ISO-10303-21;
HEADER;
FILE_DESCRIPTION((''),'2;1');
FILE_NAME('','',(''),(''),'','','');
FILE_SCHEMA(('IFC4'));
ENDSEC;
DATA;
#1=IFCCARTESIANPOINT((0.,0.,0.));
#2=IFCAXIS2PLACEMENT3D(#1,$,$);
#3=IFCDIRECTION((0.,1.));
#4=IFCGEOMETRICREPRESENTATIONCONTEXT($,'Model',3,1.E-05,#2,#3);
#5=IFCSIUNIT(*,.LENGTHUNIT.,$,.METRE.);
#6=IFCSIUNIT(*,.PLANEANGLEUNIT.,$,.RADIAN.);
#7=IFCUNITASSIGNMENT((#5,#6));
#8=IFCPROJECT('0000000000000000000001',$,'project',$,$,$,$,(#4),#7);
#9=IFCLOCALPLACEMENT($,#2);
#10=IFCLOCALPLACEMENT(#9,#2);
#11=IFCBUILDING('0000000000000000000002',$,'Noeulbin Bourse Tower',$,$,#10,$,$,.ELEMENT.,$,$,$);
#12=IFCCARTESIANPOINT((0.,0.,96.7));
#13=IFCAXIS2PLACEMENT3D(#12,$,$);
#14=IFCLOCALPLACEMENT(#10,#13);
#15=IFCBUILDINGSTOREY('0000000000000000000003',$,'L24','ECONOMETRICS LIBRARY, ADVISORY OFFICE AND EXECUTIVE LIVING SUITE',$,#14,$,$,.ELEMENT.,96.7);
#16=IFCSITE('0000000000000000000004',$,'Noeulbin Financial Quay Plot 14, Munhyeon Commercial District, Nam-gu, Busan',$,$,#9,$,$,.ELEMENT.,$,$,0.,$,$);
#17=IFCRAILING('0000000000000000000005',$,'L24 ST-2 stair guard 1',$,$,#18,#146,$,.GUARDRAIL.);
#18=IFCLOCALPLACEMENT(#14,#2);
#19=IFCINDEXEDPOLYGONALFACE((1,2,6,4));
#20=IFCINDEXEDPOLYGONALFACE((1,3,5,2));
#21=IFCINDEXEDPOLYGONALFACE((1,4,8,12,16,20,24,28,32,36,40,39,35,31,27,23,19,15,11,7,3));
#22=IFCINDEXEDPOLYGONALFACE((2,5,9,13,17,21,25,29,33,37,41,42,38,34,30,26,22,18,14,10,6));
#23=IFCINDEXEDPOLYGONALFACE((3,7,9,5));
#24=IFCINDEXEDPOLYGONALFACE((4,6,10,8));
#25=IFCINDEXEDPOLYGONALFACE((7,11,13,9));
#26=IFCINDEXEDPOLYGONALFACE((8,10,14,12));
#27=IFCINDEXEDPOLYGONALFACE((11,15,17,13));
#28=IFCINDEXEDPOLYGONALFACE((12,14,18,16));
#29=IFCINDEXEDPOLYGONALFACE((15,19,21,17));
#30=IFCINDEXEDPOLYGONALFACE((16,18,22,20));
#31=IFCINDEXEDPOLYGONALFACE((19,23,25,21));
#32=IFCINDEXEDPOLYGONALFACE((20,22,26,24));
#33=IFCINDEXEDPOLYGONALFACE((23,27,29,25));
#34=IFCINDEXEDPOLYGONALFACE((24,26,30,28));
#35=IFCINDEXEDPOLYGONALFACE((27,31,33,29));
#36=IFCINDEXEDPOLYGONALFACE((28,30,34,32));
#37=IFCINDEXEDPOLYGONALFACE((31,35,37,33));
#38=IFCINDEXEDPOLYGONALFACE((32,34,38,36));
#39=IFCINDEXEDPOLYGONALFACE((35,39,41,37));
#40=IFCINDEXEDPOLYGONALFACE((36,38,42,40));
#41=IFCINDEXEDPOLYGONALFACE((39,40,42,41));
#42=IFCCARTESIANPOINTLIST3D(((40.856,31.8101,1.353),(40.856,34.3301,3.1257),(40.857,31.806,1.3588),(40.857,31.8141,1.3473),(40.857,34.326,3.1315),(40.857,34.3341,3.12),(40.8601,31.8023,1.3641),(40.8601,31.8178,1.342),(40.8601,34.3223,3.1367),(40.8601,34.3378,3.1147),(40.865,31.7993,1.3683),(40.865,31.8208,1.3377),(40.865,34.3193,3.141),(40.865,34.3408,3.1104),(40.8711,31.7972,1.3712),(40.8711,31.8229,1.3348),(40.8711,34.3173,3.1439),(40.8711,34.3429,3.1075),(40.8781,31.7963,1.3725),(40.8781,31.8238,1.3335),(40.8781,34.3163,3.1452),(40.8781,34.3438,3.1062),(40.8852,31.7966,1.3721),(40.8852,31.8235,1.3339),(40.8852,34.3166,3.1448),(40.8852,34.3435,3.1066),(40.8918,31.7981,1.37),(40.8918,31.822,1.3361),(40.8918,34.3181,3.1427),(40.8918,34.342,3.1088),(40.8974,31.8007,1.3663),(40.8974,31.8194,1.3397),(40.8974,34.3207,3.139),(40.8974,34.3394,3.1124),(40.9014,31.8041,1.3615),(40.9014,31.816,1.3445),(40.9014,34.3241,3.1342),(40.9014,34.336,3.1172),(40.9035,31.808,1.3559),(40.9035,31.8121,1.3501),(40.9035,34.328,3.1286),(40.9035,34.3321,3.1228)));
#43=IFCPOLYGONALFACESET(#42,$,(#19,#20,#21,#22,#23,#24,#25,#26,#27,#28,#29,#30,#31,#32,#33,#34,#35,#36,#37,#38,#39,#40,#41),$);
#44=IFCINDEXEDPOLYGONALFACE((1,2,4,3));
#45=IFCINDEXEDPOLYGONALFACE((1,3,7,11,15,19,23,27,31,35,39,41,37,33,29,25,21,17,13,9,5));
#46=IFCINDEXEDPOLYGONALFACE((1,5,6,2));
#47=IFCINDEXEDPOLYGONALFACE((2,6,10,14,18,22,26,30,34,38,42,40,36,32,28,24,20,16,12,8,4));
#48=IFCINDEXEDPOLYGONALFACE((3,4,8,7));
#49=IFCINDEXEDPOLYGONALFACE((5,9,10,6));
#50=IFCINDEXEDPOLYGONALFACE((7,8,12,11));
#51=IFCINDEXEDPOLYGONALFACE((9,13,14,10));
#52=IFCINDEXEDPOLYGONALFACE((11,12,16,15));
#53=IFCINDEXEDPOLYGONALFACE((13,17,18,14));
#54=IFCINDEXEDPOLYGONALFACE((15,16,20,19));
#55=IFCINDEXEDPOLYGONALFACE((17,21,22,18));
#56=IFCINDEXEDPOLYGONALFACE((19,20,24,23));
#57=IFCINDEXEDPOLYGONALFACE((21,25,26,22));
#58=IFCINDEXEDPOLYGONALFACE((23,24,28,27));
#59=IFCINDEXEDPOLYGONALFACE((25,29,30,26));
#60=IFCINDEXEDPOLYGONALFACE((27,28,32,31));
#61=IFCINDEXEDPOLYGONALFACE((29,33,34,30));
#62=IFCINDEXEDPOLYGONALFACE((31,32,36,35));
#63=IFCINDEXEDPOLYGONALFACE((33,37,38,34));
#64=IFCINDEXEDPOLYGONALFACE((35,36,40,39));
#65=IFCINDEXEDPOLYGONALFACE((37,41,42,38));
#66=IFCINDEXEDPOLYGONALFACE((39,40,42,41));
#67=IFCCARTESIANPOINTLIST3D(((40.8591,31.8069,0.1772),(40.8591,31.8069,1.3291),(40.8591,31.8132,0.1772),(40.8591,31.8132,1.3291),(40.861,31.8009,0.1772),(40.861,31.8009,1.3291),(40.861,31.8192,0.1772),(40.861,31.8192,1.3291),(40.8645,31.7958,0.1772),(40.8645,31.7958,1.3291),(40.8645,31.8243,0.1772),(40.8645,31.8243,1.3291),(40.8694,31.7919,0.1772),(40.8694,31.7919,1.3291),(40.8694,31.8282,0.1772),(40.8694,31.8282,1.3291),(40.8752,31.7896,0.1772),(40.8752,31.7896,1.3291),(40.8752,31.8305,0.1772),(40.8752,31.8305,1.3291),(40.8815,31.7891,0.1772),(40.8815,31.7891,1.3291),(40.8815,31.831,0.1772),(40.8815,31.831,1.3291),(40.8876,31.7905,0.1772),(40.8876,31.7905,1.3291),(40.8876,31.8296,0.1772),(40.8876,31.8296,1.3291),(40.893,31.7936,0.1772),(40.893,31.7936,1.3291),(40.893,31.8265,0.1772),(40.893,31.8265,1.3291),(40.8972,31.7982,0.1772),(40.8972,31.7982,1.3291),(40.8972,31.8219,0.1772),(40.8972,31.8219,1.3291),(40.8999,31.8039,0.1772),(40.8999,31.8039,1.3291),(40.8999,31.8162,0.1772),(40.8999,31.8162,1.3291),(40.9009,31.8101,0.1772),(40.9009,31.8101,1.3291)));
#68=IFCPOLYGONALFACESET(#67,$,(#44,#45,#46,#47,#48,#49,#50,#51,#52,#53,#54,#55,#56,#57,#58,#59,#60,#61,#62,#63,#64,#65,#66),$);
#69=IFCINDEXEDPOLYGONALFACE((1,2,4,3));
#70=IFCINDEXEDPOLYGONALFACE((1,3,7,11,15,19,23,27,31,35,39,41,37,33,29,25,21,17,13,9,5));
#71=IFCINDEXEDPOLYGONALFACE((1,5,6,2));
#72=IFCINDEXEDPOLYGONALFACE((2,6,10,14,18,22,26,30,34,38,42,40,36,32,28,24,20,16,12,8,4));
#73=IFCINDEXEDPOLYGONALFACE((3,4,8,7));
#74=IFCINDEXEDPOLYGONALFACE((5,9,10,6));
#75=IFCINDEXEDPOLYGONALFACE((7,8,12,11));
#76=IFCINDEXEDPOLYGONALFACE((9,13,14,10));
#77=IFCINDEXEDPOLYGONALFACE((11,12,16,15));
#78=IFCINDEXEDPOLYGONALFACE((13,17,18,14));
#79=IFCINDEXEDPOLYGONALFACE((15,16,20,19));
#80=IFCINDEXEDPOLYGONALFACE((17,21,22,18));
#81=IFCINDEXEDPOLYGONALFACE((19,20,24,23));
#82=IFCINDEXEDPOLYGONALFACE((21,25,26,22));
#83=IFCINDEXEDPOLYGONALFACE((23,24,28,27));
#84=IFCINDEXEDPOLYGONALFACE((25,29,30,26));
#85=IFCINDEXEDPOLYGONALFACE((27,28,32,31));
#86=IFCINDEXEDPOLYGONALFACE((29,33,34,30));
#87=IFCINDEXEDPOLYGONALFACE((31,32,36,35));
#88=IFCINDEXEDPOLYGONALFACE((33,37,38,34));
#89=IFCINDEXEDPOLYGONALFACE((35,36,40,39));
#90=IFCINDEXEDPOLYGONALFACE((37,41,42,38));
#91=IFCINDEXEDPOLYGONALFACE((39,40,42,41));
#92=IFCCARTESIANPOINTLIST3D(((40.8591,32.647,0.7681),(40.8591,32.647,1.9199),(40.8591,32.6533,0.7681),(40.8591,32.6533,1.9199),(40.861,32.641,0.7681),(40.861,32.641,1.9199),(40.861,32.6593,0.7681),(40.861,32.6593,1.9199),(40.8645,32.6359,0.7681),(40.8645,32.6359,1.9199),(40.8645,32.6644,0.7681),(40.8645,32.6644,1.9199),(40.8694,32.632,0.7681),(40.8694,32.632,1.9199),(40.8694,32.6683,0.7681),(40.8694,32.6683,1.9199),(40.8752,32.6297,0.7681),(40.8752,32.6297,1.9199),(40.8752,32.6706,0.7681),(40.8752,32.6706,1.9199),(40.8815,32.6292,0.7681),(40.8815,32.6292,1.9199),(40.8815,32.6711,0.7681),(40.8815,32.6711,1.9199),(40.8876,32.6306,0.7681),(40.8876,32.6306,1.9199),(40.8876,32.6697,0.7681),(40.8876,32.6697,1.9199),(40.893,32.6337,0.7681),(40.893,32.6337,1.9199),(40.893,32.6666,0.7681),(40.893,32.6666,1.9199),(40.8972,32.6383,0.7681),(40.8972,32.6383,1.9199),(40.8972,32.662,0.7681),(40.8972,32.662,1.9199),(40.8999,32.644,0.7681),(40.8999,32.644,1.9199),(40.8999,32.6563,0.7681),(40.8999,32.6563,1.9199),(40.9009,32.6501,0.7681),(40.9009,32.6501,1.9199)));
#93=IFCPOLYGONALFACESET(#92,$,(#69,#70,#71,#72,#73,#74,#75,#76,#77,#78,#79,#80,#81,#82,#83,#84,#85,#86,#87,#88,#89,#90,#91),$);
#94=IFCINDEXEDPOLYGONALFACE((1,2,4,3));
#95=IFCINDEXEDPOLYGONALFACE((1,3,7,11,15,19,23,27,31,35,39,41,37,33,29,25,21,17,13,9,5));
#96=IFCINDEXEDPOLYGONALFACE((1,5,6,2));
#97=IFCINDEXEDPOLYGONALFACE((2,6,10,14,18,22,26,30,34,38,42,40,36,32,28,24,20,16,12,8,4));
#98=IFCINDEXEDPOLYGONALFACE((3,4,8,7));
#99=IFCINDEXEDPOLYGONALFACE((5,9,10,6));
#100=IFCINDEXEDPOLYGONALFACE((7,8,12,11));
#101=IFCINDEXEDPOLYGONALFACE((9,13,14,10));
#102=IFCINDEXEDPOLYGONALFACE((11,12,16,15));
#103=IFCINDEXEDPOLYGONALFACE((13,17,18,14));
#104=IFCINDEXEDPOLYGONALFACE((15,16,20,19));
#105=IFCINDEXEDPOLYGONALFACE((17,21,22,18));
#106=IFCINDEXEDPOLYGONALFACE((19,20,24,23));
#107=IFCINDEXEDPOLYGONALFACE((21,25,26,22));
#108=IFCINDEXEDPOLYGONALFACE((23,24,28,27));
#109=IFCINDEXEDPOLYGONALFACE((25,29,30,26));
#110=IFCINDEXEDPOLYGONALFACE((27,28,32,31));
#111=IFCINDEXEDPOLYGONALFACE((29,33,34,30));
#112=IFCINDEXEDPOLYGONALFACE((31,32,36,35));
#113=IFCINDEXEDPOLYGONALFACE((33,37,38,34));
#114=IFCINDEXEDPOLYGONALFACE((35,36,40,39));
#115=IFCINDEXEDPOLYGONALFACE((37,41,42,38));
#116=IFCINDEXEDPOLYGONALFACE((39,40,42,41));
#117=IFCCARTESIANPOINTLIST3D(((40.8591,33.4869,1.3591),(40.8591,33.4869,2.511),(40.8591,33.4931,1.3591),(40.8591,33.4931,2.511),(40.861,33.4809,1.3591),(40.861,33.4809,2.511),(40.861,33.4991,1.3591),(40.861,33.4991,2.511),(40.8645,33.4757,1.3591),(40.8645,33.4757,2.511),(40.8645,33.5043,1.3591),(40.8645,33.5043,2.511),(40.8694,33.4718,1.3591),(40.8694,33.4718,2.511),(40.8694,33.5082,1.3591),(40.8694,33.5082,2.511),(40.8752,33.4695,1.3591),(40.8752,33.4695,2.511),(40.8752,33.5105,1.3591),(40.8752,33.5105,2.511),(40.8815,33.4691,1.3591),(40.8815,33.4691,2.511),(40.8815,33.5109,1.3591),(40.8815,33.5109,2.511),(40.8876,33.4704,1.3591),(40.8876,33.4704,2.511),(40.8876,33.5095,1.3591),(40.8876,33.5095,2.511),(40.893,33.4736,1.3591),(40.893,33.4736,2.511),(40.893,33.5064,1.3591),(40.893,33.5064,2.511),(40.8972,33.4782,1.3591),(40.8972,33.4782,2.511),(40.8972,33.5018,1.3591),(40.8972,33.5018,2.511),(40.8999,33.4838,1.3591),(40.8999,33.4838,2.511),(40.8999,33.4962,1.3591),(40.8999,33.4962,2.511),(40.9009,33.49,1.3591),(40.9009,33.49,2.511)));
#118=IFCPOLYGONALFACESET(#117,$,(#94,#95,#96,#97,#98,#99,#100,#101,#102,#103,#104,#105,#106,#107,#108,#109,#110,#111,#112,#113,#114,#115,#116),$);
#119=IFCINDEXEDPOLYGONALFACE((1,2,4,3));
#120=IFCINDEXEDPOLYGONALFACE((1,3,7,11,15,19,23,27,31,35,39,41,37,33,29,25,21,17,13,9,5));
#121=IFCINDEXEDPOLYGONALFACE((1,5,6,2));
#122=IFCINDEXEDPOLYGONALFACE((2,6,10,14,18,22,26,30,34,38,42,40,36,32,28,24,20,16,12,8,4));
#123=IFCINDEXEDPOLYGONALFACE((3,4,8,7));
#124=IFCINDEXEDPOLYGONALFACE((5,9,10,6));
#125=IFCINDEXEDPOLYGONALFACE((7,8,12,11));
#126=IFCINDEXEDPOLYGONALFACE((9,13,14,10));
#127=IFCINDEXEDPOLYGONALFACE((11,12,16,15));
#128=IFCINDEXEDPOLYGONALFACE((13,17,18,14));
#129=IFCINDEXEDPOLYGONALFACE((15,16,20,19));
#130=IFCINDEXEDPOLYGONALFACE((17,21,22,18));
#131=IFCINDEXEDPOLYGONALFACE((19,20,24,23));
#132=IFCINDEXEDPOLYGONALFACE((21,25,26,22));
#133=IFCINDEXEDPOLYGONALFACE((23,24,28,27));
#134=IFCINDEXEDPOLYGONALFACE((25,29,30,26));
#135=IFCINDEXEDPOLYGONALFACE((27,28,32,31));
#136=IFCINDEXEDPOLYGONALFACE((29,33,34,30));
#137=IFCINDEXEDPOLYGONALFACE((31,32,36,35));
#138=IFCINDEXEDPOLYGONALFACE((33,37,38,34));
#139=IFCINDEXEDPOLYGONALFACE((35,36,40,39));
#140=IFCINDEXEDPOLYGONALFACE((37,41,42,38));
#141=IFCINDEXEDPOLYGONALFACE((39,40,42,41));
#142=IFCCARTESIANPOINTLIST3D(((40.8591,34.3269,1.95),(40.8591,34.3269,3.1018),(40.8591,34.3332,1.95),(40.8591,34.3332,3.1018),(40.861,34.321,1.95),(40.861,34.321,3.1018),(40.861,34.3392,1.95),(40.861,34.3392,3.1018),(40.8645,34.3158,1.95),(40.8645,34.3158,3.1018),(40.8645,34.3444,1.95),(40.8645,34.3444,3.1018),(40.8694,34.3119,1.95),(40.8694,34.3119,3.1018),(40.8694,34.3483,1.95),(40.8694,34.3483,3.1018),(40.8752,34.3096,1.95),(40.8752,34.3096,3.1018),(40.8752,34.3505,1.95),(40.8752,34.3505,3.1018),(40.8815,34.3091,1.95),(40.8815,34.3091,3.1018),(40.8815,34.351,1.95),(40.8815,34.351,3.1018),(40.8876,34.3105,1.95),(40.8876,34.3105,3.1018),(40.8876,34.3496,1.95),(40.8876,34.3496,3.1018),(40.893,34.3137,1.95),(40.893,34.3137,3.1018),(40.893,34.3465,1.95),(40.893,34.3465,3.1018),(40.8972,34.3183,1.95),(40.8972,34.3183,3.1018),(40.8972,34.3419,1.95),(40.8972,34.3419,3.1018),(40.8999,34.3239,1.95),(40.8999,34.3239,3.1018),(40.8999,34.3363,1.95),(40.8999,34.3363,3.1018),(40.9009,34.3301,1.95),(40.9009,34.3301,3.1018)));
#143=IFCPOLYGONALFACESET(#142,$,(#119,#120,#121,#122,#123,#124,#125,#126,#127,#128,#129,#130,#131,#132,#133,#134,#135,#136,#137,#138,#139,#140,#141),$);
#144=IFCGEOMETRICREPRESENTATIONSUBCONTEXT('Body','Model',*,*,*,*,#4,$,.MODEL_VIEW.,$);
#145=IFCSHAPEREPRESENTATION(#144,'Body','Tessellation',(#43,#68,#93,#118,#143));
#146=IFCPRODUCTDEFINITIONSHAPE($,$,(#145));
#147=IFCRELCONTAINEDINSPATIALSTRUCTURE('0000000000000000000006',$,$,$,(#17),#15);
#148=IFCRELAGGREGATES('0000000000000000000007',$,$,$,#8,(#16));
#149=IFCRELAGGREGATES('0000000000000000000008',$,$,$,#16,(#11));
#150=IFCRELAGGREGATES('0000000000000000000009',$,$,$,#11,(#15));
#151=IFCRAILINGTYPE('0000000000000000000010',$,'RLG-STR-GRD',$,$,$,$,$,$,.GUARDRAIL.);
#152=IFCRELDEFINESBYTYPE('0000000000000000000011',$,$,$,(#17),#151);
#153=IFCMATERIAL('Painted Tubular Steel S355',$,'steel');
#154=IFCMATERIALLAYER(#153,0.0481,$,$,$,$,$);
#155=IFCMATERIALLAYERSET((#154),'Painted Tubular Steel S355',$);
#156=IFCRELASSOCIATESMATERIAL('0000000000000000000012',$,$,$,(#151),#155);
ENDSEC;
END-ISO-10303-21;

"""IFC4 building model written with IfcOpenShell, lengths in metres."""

from ifc_helpers import new_model, si_unit, direction, frame, origin, origin_2d, place, context, subcontext, project, spatial, circle, extrude, material, layer, layer_set, type_object, element, save


model = new_model("IFC4")

# Units and contexts
model_context = context("Model", 3, precision=1e-05, world=origin(), true_north=direction((0.0, 1.0)))
body_context = subcontext(model_context, "Body", "Model", "MODEL_VIEW")
ifc_project = project(units=[si_unit("LENGTHUNIT", "METRE"), si_unit("PLANEANGLEUNIT", "RADIAN")], contexts=[model_context])

# Site, building, storey
site_placement = place(None, origin())
site = spatial("IfcSite", under=ifc_project, at=site_placement, Name="Noeulbin Financial Quay Plot 14, Munhyeon Commercial District, Nam-gu, Busan", CompositionType="ELEMENT", RefElevation=0.0)
building_placement = place(site_placement, origin())
building = spatial("IfcBuilding", under=site, at=building_placement, Name="Noeulbin Bourse Tower", CompositionType="ELEMENT")
storey_placement = place(building_placement, frame((0.0, 0.0, 96.7)))
storey = spatial("IfcBuildingStorey", under=building, at=storey_placement, Name="L24", Description="ECONOMETRICS LIBRARY, ADVISORY OFFICE AND EXECUTIVE LIVING SUITE", CompositionType="ELEMENT", Elevation=96.7)

# Railing
ifc_material_1 = material(Name="Painted Tubular Steel S355", Category="steel")
ifc_layer_1 = layer(ifc_material_1, 0.0481)
ifc_layer_set_1 = layer_set([ifc_layer_1], Name="Painted Tubular Steel S355")
railing_type_1 = type_object("IfcRailingType", Name="RLG-STR-GRD", PredefinedType="GUARDRAIL", material=ifc_layer_set_1)
railing_1_placement = place(storey_placement, frame((40.8799, 31.8101, 0.1772)))
element("IfcRailing", 1, at=railing_1_placement, inside=storey, type_object=railing_type_1, Name="L24 ST-2 stair guard 1", PredefinedType="GUARDRAIL", context=body_context, shape_type="SweptSolid", body=[
    extrude(circle(Radius=0.0239, at=origin_2d()), frame((0.0, 0.0, 1.1758), z_axis=(0.0, 0.817904, 0.575354), x_axis=(-1.0, 0.0, 0.0)), (0.0, 0.0, 1.0), 3.0811),
    extrude(circle(Radius=0.021, at=origin_2d()), origin(), (0.0, 0.0, 1.0), 1.1519),
    extrude(circle(Radius=0.021, at=origin_2d()), frame((0.0, 0.8401, 0.5908)), (0.0, 0.0, 1.0), 1.1519),
    extrude(circle(Radius=0.021, at=origin_2d()), frame((0.0, 1.6799, 1.1819)), (0.0, 0.0, 1.0), 1.1519),
    extrude(circle(Radius=0.021, at=origin_2d()), frame((0.0, 2.52, 1.7727)), (0.0, 0.0, 1.0), 1.1519),
])

save(model, "model.ifc")
